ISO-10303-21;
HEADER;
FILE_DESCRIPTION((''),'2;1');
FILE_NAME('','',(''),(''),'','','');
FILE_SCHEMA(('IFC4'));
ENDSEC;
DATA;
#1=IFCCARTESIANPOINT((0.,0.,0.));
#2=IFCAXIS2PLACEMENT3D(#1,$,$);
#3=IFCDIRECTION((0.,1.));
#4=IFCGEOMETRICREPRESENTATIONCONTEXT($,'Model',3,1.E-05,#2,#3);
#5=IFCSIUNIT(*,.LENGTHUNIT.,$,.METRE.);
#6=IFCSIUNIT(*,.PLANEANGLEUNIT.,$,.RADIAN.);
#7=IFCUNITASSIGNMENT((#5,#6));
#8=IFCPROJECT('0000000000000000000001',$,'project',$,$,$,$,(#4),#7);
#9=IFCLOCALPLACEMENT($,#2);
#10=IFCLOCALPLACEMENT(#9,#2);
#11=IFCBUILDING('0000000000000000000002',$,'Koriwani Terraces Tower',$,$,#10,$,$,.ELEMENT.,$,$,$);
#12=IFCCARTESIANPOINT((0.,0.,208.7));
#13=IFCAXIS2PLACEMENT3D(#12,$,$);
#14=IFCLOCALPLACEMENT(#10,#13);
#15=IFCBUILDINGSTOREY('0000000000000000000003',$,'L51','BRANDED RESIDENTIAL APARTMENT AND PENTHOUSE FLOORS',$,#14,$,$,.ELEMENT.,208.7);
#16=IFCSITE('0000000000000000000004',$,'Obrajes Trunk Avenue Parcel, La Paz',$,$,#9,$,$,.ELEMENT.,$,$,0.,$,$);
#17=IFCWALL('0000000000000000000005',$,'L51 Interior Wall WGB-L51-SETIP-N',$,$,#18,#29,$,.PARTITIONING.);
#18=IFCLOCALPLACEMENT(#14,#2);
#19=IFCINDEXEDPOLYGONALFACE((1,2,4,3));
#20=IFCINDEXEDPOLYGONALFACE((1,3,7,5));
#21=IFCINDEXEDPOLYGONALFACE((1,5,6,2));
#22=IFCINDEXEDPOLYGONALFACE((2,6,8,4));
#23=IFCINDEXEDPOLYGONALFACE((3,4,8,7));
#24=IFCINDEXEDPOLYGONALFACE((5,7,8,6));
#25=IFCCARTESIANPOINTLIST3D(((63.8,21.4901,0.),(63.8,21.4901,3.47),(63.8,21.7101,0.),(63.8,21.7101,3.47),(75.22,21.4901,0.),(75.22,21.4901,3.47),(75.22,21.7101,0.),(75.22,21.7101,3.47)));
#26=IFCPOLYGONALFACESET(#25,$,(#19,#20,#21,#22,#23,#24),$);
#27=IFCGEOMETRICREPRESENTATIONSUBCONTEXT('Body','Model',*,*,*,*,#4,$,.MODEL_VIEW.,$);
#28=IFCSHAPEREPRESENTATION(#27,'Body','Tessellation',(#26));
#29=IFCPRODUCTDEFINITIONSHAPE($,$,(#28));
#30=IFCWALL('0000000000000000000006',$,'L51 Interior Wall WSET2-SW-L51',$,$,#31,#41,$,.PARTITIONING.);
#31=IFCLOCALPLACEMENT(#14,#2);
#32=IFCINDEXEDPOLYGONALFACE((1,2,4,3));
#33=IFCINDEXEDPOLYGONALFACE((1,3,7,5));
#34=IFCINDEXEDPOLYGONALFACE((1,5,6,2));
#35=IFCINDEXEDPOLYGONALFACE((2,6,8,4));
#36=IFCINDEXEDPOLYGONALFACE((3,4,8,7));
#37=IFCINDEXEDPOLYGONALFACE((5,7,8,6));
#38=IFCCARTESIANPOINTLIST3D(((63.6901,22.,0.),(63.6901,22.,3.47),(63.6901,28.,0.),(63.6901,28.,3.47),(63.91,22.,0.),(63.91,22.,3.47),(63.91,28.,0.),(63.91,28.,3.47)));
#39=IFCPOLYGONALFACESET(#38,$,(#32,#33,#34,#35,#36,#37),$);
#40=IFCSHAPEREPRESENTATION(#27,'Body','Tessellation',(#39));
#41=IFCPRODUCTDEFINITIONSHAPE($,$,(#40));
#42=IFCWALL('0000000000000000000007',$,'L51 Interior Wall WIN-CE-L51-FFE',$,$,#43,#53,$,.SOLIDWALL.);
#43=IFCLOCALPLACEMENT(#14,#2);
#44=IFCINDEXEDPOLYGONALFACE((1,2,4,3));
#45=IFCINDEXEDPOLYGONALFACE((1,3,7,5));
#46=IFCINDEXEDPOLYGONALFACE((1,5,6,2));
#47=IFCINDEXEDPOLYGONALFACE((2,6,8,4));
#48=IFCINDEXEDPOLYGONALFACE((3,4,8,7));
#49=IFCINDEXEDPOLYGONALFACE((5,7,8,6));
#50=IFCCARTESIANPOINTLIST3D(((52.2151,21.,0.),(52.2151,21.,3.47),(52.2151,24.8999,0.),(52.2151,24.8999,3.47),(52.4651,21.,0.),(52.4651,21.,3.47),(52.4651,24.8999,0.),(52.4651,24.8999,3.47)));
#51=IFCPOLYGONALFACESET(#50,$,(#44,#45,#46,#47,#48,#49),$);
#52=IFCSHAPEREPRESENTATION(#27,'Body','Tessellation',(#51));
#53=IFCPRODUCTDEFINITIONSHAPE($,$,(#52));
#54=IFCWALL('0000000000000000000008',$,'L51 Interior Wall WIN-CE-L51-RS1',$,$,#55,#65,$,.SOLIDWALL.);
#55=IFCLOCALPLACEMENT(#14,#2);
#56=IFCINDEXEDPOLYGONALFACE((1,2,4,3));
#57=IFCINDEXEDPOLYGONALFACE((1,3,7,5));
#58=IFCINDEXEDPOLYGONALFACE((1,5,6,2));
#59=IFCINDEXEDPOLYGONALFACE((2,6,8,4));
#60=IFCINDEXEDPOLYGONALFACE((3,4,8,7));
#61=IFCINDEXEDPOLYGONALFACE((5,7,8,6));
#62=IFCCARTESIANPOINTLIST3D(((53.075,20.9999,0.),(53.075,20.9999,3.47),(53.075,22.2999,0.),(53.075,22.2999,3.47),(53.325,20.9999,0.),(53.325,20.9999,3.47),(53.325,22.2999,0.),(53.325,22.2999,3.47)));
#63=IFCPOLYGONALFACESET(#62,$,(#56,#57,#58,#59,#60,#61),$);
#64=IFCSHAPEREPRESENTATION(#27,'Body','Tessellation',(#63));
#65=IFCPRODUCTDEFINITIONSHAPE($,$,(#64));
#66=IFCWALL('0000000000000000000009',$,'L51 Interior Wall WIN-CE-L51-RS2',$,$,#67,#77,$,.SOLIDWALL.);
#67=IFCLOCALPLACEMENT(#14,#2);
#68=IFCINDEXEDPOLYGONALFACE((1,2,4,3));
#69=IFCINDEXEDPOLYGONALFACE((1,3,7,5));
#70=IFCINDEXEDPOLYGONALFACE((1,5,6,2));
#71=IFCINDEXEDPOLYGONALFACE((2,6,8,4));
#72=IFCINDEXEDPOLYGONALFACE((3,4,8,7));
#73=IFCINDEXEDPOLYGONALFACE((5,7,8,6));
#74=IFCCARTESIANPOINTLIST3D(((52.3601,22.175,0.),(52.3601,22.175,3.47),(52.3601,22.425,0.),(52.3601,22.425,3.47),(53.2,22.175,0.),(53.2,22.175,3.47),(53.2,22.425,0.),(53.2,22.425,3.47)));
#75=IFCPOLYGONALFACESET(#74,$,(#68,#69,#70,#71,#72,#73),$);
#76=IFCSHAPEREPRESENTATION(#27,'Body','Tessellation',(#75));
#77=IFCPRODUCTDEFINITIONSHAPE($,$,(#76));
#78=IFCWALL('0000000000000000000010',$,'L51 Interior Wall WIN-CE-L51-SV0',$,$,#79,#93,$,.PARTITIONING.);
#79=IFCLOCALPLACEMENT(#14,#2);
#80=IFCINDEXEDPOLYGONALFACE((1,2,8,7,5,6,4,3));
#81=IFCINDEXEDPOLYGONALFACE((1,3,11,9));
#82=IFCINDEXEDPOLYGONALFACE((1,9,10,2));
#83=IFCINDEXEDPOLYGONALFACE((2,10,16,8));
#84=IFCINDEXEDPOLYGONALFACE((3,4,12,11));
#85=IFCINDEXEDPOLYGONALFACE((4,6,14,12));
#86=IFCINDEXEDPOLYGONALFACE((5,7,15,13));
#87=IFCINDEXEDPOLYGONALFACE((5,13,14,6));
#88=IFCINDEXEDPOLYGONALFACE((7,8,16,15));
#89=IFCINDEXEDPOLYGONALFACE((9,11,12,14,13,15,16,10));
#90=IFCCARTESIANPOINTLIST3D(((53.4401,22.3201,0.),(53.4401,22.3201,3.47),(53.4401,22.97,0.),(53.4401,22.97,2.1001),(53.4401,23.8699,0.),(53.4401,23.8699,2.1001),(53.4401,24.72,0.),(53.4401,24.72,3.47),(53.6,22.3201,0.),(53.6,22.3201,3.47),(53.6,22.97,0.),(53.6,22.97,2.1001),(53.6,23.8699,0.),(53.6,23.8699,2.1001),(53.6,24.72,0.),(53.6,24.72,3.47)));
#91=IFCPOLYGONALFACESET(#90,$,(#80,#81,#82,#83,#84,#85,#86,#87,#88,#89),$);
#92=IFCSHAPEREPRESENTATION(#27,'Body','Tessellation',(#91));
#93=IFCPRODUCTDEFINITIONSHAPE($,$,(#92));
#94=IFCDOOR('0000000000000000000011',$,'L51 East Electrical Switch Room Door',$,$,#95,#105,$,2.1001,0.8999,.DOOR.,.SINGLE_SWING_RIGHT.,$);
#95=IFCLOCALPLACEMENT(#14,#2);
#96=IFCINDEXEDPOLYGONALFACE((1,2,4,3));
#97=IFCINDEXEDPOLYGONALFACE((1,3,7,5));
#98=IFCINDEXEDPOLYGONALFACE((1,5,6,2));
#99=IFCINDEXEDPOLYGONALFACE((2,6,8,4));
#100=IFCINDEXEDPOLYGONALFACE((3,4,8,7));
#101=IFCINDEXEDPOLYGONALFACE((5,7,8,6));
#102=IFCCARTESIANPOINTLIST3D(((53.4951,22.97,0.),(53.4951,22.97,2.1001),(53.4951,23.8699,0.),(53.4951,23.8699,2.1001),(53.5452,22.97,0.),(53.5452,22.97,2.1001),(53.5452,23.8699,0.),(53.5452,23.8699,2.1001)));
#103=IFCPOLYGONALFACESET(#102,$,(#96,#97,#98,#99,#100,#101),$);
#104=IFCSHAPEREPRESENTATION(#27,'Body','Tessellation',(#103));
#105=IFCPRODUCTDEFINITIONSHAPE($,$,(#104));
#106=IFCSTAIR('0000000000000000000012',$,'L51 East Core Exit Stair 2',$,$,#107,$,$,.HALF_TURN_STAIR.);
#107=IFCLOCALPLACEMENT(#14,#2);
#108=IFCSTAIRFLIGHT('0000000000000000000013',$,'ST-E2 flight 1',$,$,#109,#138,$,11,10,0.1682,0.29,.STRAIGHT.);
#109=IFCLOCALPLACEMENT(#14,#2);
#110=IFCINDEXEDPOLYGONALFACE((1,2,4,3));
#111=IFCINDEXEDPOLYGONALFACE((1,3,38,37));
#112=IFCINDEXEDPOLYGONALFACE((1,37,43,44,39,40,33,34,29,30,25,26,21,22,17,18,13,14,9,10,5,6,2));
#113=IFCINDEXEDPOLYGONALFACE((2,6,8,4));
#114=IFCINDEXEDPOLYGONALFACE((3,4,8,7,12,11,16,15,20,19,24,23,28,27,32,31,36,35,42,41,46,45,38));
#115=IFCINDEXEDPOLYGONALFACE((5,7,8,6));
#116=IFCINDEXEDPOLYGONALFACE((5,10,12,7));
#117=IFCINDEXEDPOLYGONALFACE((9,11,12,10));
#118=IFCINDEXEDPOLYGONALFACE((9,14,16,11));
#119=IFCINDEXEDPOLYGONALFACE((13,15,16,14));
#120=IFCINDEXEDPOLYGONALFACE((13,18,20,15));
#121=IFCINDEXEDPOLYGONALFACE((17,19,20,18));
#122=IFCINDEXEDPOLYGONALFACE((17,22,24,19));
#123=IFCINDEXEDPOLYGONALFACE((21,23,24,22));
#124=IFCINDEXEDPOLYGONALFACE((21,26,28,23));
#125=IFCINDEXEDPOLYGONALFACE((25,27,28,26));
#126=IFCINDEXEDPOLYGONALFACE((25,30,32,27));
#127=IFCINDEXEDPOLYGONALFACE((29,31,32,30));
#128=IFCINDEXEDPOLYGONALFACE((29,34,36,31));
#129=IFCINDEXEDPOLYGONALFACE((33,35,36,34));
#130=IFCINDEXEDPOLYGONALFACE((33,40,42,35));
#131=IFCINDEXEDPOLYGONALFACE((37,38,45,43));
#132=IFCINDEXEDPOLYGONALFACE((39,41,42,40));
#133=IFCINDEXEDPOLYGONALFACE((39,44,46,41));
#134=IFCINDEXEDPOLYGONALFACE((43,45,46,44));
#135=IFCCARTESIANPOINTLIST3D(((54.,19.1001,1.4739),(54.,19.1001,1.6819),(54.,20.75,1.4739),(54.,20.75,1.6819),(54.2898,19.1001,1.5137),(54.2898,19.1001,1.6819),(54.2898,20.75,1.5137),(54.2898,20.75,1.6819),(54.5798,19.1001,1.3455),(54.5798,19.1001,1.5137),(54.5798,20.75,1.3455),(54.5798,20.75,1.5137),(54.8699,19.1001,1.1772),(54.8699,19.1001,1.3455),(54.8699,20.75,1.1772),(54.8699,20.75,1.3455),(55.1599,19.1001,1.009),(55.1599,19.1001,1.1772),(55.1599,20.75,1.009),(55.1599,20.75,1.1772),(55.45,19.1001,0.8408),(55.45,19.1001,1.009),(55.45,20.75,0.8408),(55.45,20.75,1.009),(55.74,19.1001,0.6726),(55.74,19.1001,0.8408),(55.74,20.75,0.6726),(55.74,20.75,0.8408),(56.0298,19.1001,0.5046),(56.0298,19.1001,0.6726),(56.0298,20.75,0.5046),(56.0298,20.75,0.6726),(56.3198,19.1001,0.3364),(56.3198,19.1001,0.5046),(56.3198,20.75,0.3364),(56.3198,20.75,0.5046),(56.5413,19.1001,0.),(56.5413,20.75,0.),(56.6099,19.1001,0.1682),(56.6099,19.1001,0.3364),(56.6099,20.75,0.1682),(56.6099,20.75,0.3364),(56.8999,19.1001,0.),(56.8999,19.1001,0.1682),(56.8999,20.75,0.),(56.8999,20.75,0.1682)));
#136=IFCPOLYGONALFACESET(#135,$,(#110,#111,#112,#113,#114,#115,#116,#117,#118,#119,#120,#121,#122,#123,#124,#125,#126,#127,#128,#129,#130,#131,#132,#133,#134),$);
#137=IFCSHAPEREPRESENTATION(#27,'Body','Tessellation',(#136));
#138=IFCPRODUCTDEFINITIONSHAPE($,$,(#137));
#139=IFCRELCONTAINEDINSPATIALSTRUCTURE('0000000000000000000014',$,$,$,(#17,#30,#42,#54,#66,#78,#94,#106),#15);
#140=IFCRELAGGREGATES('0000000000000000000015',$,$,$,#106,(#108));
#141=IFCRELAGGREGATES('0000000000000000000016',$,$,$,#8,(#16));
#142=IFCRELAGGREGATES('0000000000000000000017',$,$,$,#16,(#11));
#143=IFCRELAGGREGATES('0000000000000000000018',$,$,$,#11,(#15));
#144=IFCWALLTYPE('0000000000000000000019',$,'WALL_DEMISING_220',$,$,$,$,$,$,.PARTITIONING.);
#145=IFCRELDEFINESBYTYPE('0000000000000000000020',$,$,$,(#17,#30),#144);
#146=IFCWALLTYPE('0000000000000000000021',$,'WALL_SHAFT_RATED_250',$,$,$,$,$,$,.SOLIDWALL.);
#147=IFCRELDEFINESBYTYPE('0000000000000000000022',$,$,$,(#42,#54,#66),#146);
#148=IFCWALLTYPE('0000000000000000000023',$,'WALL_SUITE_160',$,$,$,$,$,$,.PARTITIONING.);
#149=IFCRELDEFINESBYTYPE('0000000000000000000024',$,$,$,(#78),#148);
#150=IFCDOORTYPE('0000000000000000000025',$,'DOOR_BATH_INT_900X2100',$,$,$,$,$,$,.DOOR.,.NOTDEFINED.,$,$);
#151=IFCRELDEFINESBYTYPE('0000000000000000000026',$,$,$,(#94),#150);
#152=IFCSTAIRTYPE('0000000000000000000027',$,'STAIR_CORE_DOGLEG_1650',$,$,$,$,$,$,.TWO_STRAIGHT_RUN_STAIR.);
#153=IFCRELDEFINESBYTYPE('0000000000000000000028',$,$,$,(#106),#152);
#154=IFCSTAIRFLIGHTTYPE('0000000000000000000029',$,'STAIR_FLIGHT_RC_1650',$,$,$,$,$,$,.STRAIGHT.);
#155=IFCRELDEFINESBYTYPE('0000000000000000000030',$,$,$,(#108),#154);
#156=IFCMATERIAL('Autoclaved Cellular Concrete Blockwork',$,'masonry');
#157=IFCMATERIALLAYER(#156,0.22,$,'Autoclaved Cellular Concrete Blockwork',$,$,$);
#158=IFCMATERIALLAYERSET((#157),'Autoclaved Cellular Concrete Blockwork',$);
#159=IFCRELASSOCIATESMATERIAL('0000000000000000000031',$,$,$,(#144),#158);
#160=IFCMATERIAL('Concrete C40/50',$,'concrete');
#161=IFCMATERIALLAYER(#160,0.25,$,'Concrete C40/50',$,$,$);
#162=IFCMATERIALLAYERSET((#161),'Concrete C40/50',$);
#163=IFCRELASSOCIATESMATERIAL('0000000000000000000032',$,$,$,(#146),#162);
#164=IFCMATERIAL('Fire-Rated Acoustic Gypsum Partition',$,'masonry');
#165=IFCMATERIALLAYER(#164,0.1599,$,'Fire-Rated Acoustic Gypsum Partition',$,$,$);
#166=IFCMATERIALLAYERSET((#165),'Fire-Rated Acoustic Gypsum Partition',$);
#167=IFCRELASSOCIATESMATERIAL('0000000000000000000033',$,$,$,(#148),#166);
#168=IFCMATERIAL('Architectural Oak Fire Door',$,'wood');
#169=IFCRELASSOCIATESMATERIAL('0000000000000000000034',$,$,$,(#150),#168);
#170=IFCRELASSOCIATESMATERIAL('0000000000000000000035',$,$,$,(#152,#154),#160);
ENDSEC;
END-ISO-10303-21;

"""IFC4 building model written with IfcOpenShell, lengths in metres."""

from ifc_helpers import new_model, si_unit, direction, frame, frame_2d, origin, place, context, subcontext, project, spatial, polyline, rectangle, outline, extrude, material, layer, layer_set, type_object, element, fill, aggregate, save


model = new_model("IFC4")

# Units and contexts
model_context = context("Model", 3, precision=1e-05, world=origin(), true_north=direction((0.0, 1.0)))
body_context = subcontext(model_context, "Body", "Model", "MODEL_VIEW")
ifc_project = project(units=[si_unit("LENGTHUNIT", "METRE"), si_unit("PLANEANGLEUNIT", "RADIAN")], contexts=[model_context])

# Site, building, storey
site_placement = place(None, origin())
site = spatial("IfcSite", under=ifc_project, at=site_placement, Name="Obrajes Trunk Avenue Parcel, La Paz", CompositionType="ELEMENT", RefElevation=0.0)
building_placement = place(site_placement, origin())
building = spatial("IfcBuilding", under=site, at=building_placement, Name="Koriwani Terraces Tower", CompositionType="ELEMENT")
storey_placement = place(building_placement, frame((0.0, 0.0, 208.7)))
storey = spatial("IfcBuildingStorey", under=building, at=storey_placement, Name="L51", Description="BRANDED RESIDENTIAL APARTMENT AND PENTHOUSE FLOORS", CompositionType="ELEMENT", Elevation=208.7)

# Shared definitions
ifc_material_1 = material(Name="Autoclaved Cellular Concrete Blockwork", Category="masonry")
ifc_material_2 = material(Name="Architectural Oak Fire Door", Category="wood")

# Walls
ifc_layer_1 = layer(ifc_material_1, 0.22, Name="Autoclaved Cellular Concrete Blockwork")
ifc_layer_set_1 = layer_set([ifc_layer_1], Name="Autoclaved Cellular Concrete Blockwork")
wall_type_1 = type_object("IfcWallType", Name="WALL_DEMISING_220", PredefinedType="PARTITIONING", material=ifc_layer_set_1)
wall_1_placement = place(storey_placement, frame((63.8, 21.6001, 0.0), z_axis=(0.0, 0.0, 1.0), x_axis=(1.0, 0.0, 0.0)))
element("IfcWall", 1, at=wall_1_placement, inside=storey, type_object=wall_type_1, Name="L51 Interior Wall WGB-L51-SETIP-N", PredefinedType="PARTITIONING", context=body_context, shape_type="SweptSolid", body=[
    extrude(rectangle(XDim=11.4199, YDim=0.22, at=frame_2d((5.71, 0.0))), origin(), (0.0, 0.0, 1.0), 3.47),
])
wall_2_placement = place(storey_placement, frame((63.8, 22.0, 0.0), z_axis=(0.0, 0.0, 1.0), x_axis=(0.0, 1.0, 0.0)))
element("IfcWall", 2, at=wall_2_placement, inside=storey, type_object=wall_type_1, Name="L51 Interior Wall WSET2-SW-L51", PredefinedType="PARTITIONING", context=body_context, shape_type="SweptSolid", body=[
    extrude(rectangle(XDim=6.0, YDim=0.22, at=frame_2d((3.0, 0.0))), origin(), (0.0, 0.0, 1.0), 3.47),
])

# Shared definitions
ifc_material_3 = material(Name="Concrete C40/50", Category="concrete")
ifc_layer_2 = layer(ifc_material_3, 0.25, Name="Concrete C40/50")
ifc_layer_set_2 = layer_set([ifc_layer_2], Name="Concrete C40/50")
wall_type_2 = type_object("IfcWallType", Name="WALL_SHAFT_RATED_250", PredefinedType="SOLIDWALL", material=ifc_layer_set_2)

# Wall
wall_3_placement = place(storey_placement, frame((52.3401, 21.0, 0.0), z_axis=(0.0, 0.0, 1.0), x_axis=(0.0, 1.0, 0.0)))
element("IfcWall", 3, at=wall_3_placement, inside=storey, type_object=wall_type_2, Name="L51 Interior Wall WIN-CE-L51-FFE", PredefinedType="SOLIDWALL", context=body_context, shape_type="SweptSolid", body=[
    extrude(rectangle(XDim=3.8999, YDim=0.25, at=frame_2d((1.95, 0.0))), origin(), (0.0, 0.0, 1.0), 3.47),
])

# Walls
wall_4_placement = place(storey_placement, frame((53.2, 21.0, 0.0), z_axis=(0.0, 0.0, 1.0), x_axis=(0.0, 1.0, 0.0)))
element("IfcWall", 4, at=wall_4_placement, inside=storey, type_object=wall_type_2, Name="L51 Interior Wall WIN-CE-L51-RS1", PredefinedType="SOLIDWALL", context=body_context, shape_type="SweptSolid", body=[
    extrude(rectangle(XDim=1.3, YDim=0.25, at=frame_2d((0.6499, 0.0))), origin(), (0.0, 0.0, 1.0), 3.47),
])
wall_5_placement = place(storey_placement, frame((52.3601, 22.3, 0.0), z_axis=(0.0, 0.0, 1.0), x_axis=(1.0, 0.0, 0.0)))
element("IfcWall", 5, at=wall_5_placement, inside=storey, type_object=wall_type_2, Name="L51 Interior Wall WIN-CE-L51-RS2", PredefinedType="SOLIDWALL", context=body_context, shape_type="SweptSolid", body=[
    extrude(rectangle(XDim=0.8398, YDim=0.25, at=frame_2d((0.4199, 0.0))), origin(), (0.0, 0.0, 1.0), 3.47),
])

# Wall, opening, door
ifc_material_4 = material(Name="Fire-Rated Acoustic Gypsum Partition", Category="masonry")
ifc_layer_3 = layer(ifc_material_4, 0.1599, Name="Fire-Rated Acoustic Gypsum Partition")
ifc_layer_set_3 = layer_set([ifc_layer_3], Name="Fire-Rated Acoustic Gypsum Partition")
wall_type_3 = type_object("IfcWallType", Name="WALL_SUITE_160", PredefinedType="PARTITIONING", material=ifc_layer_set_3)
wall_6_placement = place(storey_placement, frame((53.52, 22.3201, 0.0), z_axis=(0.0, 0.0, 1.0), x_axis=(0.0, 1.0, 0.0)))
wall_6 = element("IfcWall", 6, at=wall_6_placement, inside=storey, type_object=wall_type_3, Name="L51 Interior Wall WIN-CE-L51-SV0", PredefinedType="PARTITIONING", context=body_context, shape_type="SweptSolid", body=[
    extrude(rectangle(XDim=2.3999, YDim=0.1599, at=frame_2d((1.2, 0.0))), origin(), (0.0, 0.0, 1.0), 3.47),
])
opening_1_placement = place(wall_6_placement, frame((0.6499, 0.0, 0.0)))
opening_1 = element("IfcOpeningElement", 7, at=opening_1_placement, cuts=wall_6, PredefinedType="OPENING", context=body_context, shape_type="SweptSolid", body=[
    extrude(rectangle(XDim=0.8999, YDim=2.1001, at=frame_2d((0.45, 1.05))), frame((0.0, 0.0898, 0.0), z_axis=(0.0, -1.0, 0.0), x_axis=(1.0, 0.0, 0.0)), (0.0, 0.0, 1.0), 0.1799),
])
door_type_1 = type_object("IfcDoorType", Name="DOOR_BATH_INT_900X2100", OperationType="NOTDEFINED", PredefinedType="DOOR", material=ifc_material_2)
door_1_placement = place(opening_1_placement, origin())
door_1 = element("IfcDoor", 8, at=door_1_placement, inside=storey, type_object=door_type_1, Name="L51 East Electrical Switch Room Door", OperationType="SINGLE_SWING_RIGHT", OverallHeight=2.1001, OverallWidth=0.8999, PredefinedType="DOOR", context=body_context, shape_type="SweptSolid", body=[
    extrude(rectangle(XDim=0.8999, YDim=2.1001, at=frame_2d((0.45, 1.05))), frame((0.0, 0.0249, 0.0), z_axis=(0.0, -1.0, 0.0), x_axis=(1.0, 0.0, 0.0)), (0.0, 0.0, 1.0), 0.05),
])
fill(opening_1, door_1)

# Stair, stair flight
stair_type = type_object("IfcStairType", Name="STAIR_CORE_DOGLEG_1650", PredefinedType="TWO_STRAIGHT_RUN_STAIR", material=ifc_material_3)
stair_placement = place(storey_placement, origin())
stair = element("IfcStair", 9, at=stair_placement, inside=storey, type_object=stair_type, Name="L51 East Core Exit Stair 2", PredefinedType="HALF_TURN_STAIR")
stair_flight_type = type_object("IfcStairFlightType", Name="STAIR_FLIGHT_RC_1650", PredefinedType="STRAIGHT", material=ifc_material_3)
stair_flight_placement = place(storey_placement, frame((56.8999, 19.925, 0.0), z_axis=(0.0, 0.0, 1.0), x_axis=(-1.0, 0.0, 0.0)))
stair_flight = element("IfcStairFlight", 10, at=stair_flight_placement, type_object=stair_flight_type, Name="ST-E2 flight 1", NumberOfRisers=11, NumberOfTreads=10, PredefinedType="STRAIGHT", RiserHeight=0.1682, TreadLength=0.29, context=body_context, shape_type="SweptSolid", body=[
    extrude(outline(polyline([(0.0, 0.0), (0.0, 0.1682), (0.29, 0.1682), (0.29, 0.3364), (0.5801, 0.3364), (0.5801, 0.5046), (0.8701, 0.5046), (0.8701, 0.6726), (1.1599, 0.6726), (1.1599, 0.8408), (1.45, 0.8408), (1.45, 1.009), (1.74, 1.009), (1.74, 1.1772), (2.03, 1.1772), (2.03, 1.3455), (2.3201, 1.3455), (2.3201, 1.5137), (2.6101, 1.5137), (2.6101, 1.6819), (2.8999, 1.6819), (2.8999, 1.8501), (2.8999, 1.4739), (0.3586, 0.0), (0.0, 0.0)])), frame((0.0, 0.825, 0.0), z_axis=(0.0, -1.0, 0.0), x_axis=(1.0, 0.0, 0.0)), (0.0, 0.0, 1.0), 1.6499),
])
aggregate(stair, [stair_flight])

save(model, "model.ifc")
